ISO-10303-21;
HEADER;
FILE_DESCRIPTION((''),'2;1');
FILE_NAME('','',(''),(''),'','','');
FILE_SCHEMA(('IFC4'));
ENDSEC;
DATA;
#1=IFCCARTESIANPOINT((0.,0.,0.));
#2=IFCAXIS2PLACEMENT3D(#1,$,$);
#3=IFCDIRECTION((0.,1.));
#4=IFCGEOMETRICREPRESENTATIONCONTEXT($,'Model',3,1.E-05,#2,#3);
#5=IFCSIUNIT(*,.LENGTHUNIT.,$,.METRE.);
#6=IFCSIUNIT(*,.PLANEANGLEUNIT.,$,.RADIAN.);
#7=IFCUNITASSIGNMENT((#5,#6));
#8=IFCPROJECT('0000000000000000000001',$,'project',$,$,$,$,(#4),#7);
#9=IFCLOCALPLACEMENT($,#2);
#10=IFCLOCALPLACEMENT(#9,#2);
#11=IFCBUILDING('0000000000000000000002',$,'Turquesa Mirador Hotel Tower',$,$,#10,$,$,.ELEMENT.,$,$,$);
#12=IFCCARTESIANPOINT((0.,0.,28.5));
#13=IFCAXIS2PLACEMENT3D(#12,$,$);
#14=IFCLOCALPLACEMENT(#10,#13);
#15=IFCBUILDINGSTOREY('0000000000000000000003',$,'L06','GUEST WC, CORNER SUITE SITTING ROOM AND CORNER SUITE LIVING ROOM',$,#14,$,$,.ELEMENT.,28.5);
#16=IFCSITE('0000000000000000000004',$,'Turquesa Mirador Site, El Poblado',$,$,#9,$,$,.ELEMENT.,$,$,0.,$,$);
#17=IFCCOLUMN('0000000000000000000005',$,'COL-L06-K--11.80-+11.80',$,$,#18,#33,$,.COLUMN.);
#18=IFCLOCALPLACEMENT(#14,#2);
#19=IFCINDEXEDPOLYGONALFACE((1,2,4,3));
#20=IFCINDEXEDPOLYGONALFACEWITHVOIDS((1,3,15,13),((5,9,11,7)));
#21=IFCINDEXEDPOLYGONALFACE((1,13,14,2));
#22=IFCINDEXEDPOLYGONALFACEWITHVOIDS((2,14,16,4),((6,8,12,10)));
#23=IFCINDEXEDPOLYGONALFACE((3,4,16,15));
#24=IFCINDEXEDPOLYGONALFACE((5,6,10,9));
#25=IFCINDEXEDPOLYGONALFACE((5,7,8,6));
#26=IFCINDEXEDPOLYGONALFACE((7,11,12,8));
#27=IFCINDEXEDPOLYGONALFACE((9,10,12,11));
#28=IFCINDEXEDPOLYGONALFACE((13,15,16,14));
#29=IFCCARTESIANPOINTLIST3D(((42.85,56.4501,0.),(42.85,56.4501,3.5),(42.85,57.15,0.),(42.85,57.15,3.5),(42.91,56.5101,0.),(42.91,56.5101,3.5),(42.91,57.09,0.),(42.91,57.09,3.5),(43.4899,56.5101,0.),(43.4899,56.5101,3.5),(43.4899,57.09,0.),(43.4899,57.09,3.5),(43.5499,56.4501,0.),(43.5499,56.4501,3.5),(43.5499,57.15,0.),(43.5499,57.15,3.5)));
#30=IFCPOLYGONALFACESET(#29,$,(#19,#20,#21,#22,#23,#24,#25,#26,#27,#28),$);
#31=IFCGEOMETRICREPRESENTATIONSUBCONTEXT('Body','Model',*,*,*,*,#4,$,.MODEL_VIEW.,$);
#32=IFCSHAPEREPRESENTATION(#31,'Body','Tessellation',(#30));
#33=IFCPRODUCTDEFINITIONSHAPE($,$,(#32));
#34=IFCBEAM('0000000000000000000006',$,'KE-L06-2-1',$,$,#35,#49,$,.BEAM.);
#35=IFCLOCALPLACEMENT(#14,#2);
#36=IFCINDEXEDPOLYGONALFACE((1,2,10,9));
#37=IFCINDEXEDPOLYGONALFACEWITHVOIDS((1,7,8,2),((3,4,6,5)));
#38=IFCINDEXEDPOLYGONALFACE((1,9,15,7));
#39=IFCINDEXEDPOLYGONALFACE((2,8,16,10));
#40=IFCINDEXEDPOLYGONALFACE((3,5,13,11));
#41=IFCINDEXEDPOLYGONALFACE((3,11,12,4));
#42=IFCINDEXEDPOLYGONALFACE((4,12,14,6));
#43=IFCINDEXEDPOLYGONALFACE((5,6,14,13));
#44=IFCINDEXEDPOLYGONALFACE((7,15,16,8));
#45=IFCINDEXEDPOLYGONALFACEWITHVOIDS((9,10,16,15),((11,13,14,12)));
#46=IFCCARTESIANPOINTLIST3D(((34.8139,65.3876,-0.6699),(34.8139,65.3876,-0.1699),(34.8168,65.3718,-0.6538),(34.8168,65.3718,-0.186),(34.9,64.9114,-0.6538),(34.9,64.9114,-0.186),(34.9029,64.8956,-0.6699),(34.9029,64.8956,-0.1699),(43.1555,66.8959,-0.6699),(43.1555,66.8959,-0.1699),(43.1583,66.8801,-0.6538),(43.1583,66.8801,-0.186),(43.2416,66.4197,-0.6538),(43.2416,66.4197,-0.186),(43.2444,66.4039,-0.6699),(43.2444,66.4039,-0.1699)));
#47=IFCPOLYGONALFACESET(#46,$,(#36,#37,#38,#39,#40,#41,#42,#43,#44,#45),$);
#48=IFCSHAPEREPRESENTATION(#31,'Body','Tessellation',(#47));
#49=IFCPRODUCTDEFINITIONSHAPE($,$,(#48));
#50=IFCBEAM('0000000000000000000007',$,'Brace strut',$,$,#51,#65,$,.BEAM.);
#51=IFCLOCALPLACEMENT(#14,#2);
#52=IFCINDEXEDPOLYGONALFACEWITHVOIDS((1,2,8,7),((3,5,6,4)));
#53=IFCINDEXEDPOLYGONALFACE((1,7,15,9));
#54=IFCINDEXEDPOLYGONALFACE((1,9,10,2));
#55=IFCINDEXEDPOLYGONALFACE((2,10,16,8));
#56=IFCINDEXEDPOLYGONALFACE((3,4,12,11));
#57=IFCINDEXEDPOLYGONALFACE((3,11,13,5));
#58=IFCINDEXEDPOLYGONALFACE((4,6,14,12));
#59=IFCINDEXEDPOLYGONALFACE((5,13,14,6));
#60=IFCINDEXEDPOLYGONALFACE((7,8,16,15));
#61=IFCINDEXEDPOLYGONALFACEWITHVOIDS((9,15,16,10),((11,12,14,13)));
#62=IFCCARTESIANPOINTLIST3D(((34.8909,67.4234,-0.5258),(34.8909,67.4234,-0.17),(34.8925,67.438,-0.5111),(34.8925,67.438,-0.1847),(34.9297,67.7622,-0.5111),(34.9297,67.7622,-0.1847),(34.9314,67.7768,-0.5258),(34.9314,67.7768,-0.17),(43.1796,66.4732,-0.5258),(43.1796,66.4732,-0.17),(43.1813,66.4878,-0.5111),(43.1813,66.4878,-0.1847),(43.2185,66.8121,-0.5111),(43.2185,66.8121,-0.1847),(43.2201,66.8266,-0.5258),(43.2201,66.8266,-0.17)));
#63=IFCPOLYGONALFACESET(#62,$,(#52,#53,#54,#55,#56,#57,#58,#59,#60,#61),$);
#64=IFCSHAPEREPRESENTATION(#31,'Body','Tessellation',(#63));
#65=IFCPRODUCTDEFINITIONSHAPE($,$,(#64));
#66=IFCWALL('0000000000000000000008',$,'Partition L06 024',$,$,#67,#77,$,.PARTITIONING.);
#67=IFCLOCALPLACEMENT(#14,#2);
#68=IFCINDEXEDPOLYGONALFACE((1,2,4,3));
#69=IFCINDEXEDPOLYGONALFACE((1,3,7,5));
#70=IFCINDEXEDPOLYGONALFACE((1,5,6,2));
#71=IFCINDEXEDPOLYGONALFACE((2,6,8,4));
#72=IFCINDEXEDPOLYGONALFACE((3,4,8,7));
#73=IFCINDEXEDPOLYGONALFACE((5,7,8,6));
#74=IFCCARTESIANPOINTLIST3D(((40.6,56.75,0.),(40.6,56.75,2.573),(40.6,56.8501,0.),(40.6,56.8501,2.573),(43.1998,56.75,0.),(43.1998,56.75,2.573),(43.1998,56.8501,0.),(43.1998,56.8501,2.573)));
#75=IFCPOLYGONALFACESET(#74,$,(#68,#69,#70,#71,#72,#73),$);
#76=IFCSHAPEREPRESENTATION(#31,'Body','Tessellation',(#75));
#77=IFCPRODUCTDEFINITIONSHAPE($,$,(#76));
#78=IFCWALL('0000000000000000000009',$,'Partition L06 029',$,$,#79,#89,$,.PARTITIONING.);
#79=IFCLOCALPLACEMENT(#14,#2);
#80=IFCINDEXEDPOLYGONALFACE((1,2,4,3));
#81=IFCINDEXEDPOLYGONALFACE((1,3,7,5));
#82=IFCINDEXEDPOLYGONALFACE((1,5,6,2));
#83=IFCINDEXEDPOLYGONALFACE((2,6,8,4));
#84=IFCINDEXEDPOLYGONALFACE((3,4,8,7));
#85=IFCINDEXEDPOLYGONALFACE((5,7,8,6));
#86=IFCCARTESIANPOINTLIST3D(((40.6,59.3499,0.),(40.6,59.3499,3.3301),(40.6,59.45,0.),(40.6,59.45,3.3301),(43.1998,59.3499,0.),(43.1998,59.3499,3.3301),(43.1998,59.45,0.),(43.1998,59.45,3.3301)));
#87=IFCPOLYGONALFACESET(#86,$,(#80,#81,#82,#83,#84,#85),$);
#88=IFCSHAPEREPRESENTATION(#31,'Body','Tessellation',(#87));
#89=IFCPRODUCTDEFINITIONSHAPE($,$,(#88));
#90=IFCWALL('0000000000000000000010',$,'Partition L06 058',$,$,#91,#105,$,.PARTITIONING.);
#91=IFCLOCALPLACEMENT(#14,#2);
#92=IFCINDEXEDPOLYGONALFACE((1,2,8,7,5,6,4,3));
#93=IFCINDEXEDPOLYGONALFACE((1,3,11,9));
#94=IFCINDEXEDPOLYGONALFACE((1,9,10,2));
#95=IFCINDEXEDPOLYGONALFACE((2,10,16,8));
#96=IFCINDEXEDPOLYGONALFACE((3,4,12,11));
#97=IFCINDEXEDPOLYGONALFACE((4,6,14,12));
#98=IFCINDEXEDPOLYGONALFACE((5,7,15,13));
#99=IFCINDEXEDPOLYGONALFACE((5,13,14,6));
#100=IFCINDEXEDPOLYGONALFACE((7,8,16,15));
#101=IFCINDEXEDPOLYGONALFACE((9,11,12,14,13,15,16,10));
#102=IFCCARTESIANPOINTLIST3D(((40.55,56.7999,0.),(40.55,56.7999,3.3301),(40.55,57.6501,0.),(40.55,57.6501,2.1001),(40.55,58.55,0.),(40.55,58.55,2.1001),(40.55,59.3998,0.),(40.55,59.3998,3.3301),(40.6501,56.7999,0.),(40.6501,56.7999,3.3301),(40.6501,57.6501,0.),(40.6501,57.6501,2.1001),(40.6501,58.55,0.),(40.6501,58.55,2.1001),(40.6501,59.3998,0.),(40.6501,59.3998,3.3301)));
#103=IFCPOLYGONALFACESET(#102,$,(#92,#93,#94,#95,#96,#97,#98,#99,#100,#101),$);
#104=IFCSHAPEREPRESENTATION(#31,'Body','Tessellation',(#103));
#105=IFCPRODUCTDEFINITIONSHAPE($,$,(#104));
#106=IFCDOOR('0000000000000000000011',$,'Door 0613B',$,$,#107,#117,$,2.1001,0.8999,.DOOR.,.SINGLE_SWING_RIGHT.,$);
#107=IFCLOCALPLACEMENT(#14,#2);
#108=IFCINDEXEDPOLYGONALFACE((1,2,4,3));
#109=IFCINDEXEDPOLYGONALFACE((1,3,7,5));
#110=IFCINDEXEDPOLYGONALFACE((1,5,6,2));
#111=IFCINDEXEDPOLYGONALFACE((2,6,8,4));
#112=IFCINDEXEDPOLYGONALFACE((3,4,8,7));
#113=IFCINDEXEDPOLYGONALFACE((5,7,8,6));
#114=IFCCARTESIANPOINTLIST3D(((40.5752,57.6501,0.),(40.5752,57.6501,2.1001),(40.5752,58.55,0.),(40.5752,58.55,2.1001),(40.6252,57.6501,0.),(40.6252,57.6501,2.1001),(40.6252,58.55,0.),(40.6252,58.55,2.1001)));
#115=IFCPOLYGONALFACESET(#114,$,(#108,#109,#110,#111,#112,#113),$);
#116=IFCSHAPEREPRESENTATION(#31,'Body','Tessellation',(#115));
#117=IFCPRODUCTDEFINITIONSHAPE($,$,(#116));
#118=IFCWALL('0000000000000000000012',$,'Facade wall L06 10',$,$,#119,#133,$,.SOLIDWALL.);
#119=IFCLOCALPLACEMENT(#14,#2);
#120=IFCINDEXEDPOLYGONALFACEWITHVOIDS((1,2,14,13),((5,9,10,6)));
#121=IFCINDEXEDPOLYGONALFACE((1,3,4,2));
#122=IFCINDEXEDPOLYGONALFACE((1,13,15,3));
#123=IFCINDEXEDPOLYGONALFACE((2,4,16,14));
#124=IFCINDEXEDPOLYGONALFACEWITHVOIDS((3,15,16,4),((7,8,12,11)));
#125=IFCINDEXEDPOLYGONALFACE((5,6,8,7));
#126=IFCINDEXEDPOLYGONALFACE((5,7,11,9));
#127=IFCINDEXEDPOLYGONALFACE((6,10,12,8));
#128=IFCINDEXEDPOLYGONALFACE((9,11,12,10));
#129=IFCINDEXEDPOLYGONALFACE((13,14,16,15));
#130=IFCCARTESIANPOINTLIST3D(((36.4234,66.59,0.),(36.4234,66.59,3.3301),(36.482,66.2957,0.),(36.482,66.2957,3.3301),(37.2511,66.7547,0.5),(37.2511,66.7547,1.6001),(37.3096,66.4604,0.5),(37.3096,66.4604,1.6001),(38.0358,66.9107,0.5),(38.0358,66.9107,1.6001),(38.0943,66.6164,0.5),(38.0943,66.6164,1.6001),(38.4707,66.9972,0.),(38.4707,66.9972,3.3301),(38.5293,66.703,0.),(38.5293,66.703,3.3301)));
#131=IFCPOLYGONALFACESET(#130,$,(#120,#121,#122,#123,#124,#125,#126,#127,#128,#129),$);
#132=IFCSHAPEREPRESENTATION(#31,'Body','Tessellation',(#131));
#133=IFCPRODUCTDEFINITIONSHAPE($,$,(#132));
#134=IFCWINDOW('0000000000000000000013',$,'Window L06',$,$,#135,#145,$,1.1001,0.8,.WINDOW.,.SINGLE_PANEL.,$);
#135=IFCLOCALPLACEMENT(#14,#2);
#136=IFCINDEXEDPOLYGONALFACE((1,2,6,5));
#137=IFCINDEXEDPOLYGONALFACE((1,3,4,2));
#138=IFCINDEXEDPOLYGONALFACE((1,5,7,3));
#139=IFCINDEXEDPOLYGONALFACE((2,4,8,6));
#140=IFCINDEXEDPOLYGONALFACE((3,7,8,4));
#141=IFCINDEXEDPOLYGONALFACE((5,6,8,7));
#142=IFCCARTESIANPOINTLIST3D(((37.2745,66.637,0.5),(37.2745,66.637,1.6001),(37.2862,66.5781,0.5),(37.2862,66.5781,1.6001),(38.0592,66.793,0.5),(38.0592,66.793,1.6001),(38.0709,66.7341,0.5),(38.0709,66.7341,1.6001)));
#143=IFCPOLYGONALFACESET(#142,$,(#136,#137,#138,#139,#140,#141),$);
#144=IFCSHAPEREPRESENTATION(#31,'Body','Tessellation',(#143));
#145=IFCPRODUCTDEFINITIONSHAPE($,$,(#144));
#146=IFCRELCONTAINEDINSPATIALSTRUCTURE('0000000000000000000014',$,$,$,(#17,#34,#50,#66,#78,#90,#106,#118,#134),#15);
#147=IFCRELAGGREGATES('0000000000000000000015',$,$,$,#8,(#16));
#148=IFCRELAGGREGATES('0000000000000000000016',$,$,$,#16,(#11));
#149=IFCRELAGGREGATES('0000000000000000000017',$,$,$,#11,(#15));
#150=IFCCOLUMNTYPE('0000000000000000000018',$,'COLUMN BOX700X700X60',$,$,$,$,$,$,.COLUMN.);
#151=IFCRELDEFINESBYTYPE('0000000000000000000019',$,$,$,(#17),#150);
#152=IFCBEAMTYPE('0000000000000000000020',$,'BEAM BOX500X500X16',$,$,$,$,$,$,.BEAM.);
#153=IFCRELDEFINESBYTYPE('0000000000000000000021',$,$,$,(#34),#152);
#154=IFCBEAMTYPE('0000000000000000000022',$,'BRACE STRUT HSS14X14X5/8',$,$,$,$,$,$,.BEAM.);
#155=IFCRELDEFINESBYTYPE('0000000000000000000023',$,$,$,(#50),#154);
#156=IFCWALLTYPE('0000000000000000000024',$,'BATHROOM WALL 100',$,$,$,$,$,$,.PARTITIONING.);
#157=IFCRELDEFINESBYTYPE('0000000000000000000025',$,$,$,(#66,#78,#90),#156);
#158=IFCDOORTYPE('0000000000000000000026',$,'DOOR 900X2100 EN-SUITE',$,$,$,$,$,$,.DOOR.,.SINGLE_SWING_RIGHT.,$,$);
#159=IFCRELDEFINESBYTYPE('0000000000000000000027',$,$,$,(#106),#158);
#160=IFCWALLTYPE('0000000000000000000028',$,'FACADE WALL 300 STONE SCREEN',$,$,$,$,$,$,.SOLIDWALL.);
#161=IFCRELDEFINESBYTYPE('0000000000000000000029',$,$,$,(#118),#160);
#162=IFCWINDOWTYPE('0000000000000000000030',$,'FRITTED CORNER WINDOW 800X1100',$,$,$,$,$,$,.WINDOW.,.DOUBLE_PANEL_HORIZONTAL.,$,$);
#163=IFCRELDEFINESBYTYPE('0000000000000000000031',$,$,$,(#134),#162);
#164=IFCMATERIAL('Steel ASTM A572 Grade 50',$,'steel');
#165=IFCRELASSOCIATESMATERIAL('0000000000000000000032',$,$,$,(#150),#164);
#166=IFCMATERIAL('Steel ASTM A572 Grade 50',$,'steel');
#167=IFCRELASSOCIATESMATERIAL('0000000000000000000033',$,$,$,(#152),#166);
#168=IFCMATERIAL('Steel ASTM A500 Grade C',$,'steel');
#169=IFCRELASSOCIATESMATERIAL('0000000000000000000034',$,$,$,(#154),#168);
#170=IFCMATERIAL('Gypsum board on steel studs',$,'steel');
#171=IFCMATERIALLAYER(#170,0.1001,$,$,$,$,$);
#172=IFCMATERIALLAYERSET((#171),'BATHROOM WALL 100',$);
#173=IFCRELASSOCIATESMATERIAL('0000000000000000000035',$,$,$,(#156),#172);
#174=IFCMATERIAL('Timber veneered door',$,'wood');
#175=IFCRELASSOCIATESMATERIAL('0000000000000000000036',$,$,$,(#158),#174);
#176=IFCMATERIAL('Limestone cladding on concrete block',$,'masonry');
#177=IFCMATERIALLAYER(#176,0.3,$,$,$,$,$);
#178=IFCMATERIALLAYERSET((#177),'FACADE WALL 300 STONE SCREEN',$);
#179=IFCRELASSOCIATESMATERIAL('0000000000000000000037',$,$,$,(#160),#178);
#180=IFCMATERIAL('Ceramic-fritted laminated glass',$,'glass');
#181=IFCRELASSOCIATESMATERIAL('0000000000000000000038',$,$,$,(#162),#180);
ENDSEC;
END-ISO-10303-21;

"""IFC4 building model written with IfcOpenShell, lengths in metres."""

from ifc_helpers import new_model, si_unit, direction, frame, frame_2d, origin, origin_2d, place, context, subcontext, project, spatial, rectangle, hollow_rectangle, extrude, material, layer, layer_set, material_profile, profile_set, type_object, element, fill, save


model = new_model("IFC4")

# Units and contexts
model_context = context("Model", 3, precision=1e-05, world=origin(), true_north=direction((0.0, 1.0)))
body_context = subcontext(model_context, "Body", "Model", "MODEL_VIEW")
ifc_project = project(units=[si_unit("LENGTHUNIT", "METRE"), si_unit("PLANEANGLEUNIT", "RADIAN")], contexts=[model_context])

# Site, building, storey
site_placement = place(None, origin())
site = spatial("IfcSite", under=ifc_project, at=site_placement, Name="Turquesa Mirador Site, El Poblado", CompositionType="ELEMENT", RefElevation=0.0)
building_placement = place(site_placement, origin())
building = spatial("IfcBuilding", under=site, at=building_placement, Name="Turquesa Mirador Hotel Tower", CompositionType="ELEMENT")
storey_placement = place(building_placement, frame((0.0, 0.0, 28.5)))
storey = spatial("IfcBuildingStorey", under=building, at=storey_placement, Name="L06", Description="GUEST WC, CORNER SUITE SITTING ROOM AND CORNER SUITE LIVING ROOM", CompositionType="ELEMENT", Elevation=28.5)

# Column
ifc_material_1 = material(Name="Steel ASTM A572 Grade 50", Category="steel")
ifc_material_profile_1 = material_profile(ifc_material_1, hollow_rectangle(XDim=0.7, YDim=0.7, WallThickness=0.0601, at=origin_2d()), Name="BOX700X700X60")
ifc_profile_set_1 = profile_set([ifc_material_profile_1], Name="Steel ASTM A572 Grade 50")
column_type = type_object("IfcColumnType", Name="COLUMN BOX700X700X60", PredefinedType="COLUMN", material=ifc_profile_set_1)
column_placement = place(storey_placement, frame((43.2, 56.8, 0.0), z_axis=(0.0, 0.0, 1.0), x_axis=(1.0, 0.0, 0.0)))
element("IfcColumn", 1, at=column_placement, inside=storey, type_object=column_type, Name="COL-L06-K--11.80-+11.80", PredefinedType="COLUMN", context=body_context, shape_type="SweptSolid", body=[
    extrude(hollow_rectangle(XDim=0.7, YDim=0.7, WallThickness=0.0601, at=origin_2d()), origin(), (0.0, 0.0, 1.0), 3.5),
])

# Beams
ifc_material_2 = material(Name="Steel ASTM A572 Grade 50", Category="steel")
ifc_material_profile_2 = material_profile(ifc_material_2, hollow_rectangle(XDim=0.5, YDim=0.5, WallThickness=0.0161, at=origin_2d()), Name="BOX500X500X16")
ifc_profile_set_2 = profile_set([ifc_material_profile_2], Name="Steel ASTM A572 Grade 50")
beam_type_1 = type_object("IfcBeamType", Name="BEAM BOX500X500X16", PredefinedType="BEAM", material=ifc_profile_set_2)
beam_1_placement = place(storey_placement, frame((34.8584, 65.1416, -0.4199), z_axis=(0.984043, 0.177932, 0.0), x_axis=(-0.177932, 0.984043, 0.0)))
element("IfcBeam", 2, at=beam_1_placement, inside=storey, type_object=beam_type_1, Name="KE-L06-2-1", PredefinedType="BEAM", context=body_context, shape_type="SweptSolid", body=[
    extrude(hollow_rectangle(XDim=0.5, YDim=0.5, WallThickness=0.0161, at=origin_2d()), origin(), (0.0, 0.0, 1.0), 8.4768),
])
ifc_material_3 = material(Name="Steel ASTM A500 Grade C", Category="steel")
ifc_material_profile_3 = material_profile(ifc_material_3, hollow_rectangle(XDim=0.3557, YDim=0.3557, WallThickness=0.0146, at=origin_2d()), Name="HSS14X14X5/8")
ifc_profile_set_3 = profile_set([ifc_material_profile_3], Name="Steel ASTM A500 Grade C")
beam_type_2 = type_object("IfcBeamType", Name="BRACE STRUT HSS14X14X5/8", PredefinedType="BEAM", material=ifc_profile_set_3)
beam_2_placement = place(storey_placement, frame((34.9111, 67.6001, -0.3479), z_axis=(0.993493, -0.11389, 0.0), x_axis=(0.11389, 0.993493, 0.0)))
element("IfcBeam", 3, at=beam_2_placement, inside=storey, type_object=beam_type_2, Name="Brace strut", PredefinedType="BEAM", context=body_context, shape_type="SweptSolid", body=[
    extrude(hollow_rectangle(XDim=0.3557, YDim=0.3557, WallThickness=0.0146, at=origin_2d()), origin(), (0.0, 0.0, 1.0), 8.343),
])

# Walls
ifc_material_4 = material(Name="Gypsum board on steel studs", Category="steel")
ifc_layer_1 = layer(ifc_material_4, 0.1001)
ifc_layer_set_1 = layer_set([ifc_layer_1], Name="BATHROOM WALL 100")
wall_type_1 = type_object("IfcWallType", Name="BATHROOM WALL 100", PredefinedType="PARTITIONING", material=ifc_layer_set_1)
wall_1_placement = place(storey_placement, frame((40.6001, 56.8, 0.0), z_axis=(0.0, 0.0, 1.0), x_axis=(1.0, 0.0, 0.0)))
element("IfcWall", 4, at=wall_1_placement, inside=storey, type_object=wall_type_1, Name="Partition L06 024", PredefinedType="PARTITIONING", context=body_context, shape_type="SweptSolid", body=[
    extrude(rectangle(XDim=2.5999, YDim=0.1001, at=frame_2d((1.2998, 0.0))), origin(), (0.0, 0.0, 1.0), 2.573),
])
wall_2_placement = place(storey_placement, frame((40.6001, 59.3999, 0.0), z_axis=(0.0, 0.0, 1.0), x_axis=(1.0, 0.0, 0.0)))
element("IfcWall", 5, at=wall_2_placement, inside=storey, type_object=wall_type_1, Name="Partition L06 029", PredefinedType="PARTITIONING", context=body_context, shape_type="SweptSolid", body=[
    extrude(rectangle(XDim=2.5999, YDim=0.1001, at=frame_2d((1.2998, 0.0))), origin(), (0.0, 0.0, 1.0), 3.3301),
])

# Wall, opening, door
wall_3_placement = place(storey_placement, frame((40.6001, 56.8, 0.0), z_axis=(0.0, 0.0, 1.0), x_axis=(0.0, 1.0, 0.0)))
wall_3 = element("IfcWall", 6, at=wall_3_placement, inside=storey, type_object=wall_type_1, Name="Partition L06 058", PredefinedType="PARTITIONING", context=body_context, shape_type="SweptSolid", body=[
    extrude(rectangle(XDim=2.5999, YDim=0.1001, at=frame_2d((1.2998, 0.0))), origin(), (0.0, 0.0, 1.0), 3.3301),
])
opening_1_placement = place(wall_3_placement, frame((0.8501, 0.0, 0.0)))
opening_1 = element("IfcOpeningElement", 7, at=opening_1_placement, cuts=wall_3, PredefinedType="OPENING", context=body_context, shape_type="SweptSolid", body=[
    extrude(rectangle(XDim=0.8999, YDim=2.1001, at=frame_2d((0.45, 1.05))), frame((0.0, 0.0601, 0.0), z_axis=(0.0, -1.0, 0.0), x_axis=(1.0, 0.0, 0.0)), (0.0, 0.0, 1.0), 0.1201),
])
ifc_material_5 = material(Name="Timber veneered door", Category="wood")
door_type = type_object("IfcDoorType", Name="DOOR 900X2100 EN-SUITE", OperationType="SINGLE_SWING_RIGHT", PredefinedType="DOOR", material=ifc_material_5)
door_placement = place(opening_1_placement, origin())
door = element("IfcDoor", 8, at=door_placement, inside=storey, type_object=door_type, Name="Door 0613B", OperationType="SINGLE_SWING_RIGHT", OverallHeight=2.1001, OverallWidth=0.8999, PredefinedType="DOOR", context=body_context, shape_type="SweptSolid", body=[
    extrude(rectangle(XDim=0.8999, YDim=2.1001, at=frame_2d((0.45, 1.05))), frame((0.0, 0.0249, 0.0), z_axis=(0.0, -1.0, 0.0), x_axis=(1.0, 0.0, 0.0)), (0.0, 0.0, 1.0), 0.05),
])
fill(opening_1, door)

# Wall, opening, window
ifc_material_6 = material(Name="Limestone cladding on concrete block", Category="masonry")
ifc_layer_2 = layer(ifc_material_6, 0.3)
ifc_layer_set_2 = layer_set([ifc_layer_2], Name="FACADE WALL 300 STONE SCREEN")
wall_type_2 = type_object("IfcWallType", Name="FACADE WALL 300 STONE SCREEN", PredefinedType="SOLIDWALL", material=ifc_layer_set_2)
wall_4_placement = place(storey_placement, frame((38.5, 66.8501, 0.0), z_axis=(0.0, 0.0, 1.0), x_axis=(-0.980787, -0.195081, 0.0)))
wall_4 = element("IfcWall", 9, at=wall_4_placement, inside=storey, type_object=wall_type_2, Name="Facade wall L06 10", PredefinedType="SOLIDWALL", context=body_context, shape_type="SweptSolid", body=[
    extrude(rectangle(XDim=2.0874, YDim=0.3, at=frame_2d((1.0437, 0.0))), origin(), (0.0, 0.0, 1.0), 3.3301),
])
opening_2_placement = place(wall_4_placement, frame((0.4436, 0.0, 0.5)))
opening_2 = element("IfcOpeningElement", 10, at=opening_2_placement, cuts=wall_4, PredefinedType="OPENING", context=body_context, shape_type="SweptSolid", body=[
    extrude(rectangle(XDim=0.8, YDim=1.1001, at=frame_2d((0.3999, 0.55))), frame((0.0, 0.1599, 0.0), z_axis=(0.0, -1.0, 0.0), x_axis=(1.0, 0.0, 0.0)), (0.0, 0.0, 1.0), 0.3201),
])
ifc_material_7 = material(Name="Ceramic-fritted laminated glass", Category="glass")
window_type_1 = type_object("IfcWindowType", Name="FRITTED CORNER WINDOW 800X1100", PartitioningType="DOUBLE_PANEL_HORIZONTAL", PredefinedType="WINDOW", material=ifc_material_7)
window_1_placement = place(opening_2_placement, origin())
window_1 = element("IfcWindow", 11, at=window_1_placement, inside=storey, type_object=window_type_1, Name="Window L06", OverallHeight=1.1001, OverallWidth=0.8, PartitioningType="SINGLE_PANEL", PredefinedType="WINDOW", context=body_context, shape_type="SweptSolid", body=[
    extrude(rectangle(XDim=0.8, YDim=1.1001, at=frame_2d((0.3999, 0.55))), frame((0.0, 0.03, 0.0), z_axis=(0.0, -1.0, 0.0), x_axis=(1.0, 0.0, 0.0)), (0.0, 0.0, 1.0), 0.0601),
])
fill(opening_2, window_1)

save(model, "model.ifc")
